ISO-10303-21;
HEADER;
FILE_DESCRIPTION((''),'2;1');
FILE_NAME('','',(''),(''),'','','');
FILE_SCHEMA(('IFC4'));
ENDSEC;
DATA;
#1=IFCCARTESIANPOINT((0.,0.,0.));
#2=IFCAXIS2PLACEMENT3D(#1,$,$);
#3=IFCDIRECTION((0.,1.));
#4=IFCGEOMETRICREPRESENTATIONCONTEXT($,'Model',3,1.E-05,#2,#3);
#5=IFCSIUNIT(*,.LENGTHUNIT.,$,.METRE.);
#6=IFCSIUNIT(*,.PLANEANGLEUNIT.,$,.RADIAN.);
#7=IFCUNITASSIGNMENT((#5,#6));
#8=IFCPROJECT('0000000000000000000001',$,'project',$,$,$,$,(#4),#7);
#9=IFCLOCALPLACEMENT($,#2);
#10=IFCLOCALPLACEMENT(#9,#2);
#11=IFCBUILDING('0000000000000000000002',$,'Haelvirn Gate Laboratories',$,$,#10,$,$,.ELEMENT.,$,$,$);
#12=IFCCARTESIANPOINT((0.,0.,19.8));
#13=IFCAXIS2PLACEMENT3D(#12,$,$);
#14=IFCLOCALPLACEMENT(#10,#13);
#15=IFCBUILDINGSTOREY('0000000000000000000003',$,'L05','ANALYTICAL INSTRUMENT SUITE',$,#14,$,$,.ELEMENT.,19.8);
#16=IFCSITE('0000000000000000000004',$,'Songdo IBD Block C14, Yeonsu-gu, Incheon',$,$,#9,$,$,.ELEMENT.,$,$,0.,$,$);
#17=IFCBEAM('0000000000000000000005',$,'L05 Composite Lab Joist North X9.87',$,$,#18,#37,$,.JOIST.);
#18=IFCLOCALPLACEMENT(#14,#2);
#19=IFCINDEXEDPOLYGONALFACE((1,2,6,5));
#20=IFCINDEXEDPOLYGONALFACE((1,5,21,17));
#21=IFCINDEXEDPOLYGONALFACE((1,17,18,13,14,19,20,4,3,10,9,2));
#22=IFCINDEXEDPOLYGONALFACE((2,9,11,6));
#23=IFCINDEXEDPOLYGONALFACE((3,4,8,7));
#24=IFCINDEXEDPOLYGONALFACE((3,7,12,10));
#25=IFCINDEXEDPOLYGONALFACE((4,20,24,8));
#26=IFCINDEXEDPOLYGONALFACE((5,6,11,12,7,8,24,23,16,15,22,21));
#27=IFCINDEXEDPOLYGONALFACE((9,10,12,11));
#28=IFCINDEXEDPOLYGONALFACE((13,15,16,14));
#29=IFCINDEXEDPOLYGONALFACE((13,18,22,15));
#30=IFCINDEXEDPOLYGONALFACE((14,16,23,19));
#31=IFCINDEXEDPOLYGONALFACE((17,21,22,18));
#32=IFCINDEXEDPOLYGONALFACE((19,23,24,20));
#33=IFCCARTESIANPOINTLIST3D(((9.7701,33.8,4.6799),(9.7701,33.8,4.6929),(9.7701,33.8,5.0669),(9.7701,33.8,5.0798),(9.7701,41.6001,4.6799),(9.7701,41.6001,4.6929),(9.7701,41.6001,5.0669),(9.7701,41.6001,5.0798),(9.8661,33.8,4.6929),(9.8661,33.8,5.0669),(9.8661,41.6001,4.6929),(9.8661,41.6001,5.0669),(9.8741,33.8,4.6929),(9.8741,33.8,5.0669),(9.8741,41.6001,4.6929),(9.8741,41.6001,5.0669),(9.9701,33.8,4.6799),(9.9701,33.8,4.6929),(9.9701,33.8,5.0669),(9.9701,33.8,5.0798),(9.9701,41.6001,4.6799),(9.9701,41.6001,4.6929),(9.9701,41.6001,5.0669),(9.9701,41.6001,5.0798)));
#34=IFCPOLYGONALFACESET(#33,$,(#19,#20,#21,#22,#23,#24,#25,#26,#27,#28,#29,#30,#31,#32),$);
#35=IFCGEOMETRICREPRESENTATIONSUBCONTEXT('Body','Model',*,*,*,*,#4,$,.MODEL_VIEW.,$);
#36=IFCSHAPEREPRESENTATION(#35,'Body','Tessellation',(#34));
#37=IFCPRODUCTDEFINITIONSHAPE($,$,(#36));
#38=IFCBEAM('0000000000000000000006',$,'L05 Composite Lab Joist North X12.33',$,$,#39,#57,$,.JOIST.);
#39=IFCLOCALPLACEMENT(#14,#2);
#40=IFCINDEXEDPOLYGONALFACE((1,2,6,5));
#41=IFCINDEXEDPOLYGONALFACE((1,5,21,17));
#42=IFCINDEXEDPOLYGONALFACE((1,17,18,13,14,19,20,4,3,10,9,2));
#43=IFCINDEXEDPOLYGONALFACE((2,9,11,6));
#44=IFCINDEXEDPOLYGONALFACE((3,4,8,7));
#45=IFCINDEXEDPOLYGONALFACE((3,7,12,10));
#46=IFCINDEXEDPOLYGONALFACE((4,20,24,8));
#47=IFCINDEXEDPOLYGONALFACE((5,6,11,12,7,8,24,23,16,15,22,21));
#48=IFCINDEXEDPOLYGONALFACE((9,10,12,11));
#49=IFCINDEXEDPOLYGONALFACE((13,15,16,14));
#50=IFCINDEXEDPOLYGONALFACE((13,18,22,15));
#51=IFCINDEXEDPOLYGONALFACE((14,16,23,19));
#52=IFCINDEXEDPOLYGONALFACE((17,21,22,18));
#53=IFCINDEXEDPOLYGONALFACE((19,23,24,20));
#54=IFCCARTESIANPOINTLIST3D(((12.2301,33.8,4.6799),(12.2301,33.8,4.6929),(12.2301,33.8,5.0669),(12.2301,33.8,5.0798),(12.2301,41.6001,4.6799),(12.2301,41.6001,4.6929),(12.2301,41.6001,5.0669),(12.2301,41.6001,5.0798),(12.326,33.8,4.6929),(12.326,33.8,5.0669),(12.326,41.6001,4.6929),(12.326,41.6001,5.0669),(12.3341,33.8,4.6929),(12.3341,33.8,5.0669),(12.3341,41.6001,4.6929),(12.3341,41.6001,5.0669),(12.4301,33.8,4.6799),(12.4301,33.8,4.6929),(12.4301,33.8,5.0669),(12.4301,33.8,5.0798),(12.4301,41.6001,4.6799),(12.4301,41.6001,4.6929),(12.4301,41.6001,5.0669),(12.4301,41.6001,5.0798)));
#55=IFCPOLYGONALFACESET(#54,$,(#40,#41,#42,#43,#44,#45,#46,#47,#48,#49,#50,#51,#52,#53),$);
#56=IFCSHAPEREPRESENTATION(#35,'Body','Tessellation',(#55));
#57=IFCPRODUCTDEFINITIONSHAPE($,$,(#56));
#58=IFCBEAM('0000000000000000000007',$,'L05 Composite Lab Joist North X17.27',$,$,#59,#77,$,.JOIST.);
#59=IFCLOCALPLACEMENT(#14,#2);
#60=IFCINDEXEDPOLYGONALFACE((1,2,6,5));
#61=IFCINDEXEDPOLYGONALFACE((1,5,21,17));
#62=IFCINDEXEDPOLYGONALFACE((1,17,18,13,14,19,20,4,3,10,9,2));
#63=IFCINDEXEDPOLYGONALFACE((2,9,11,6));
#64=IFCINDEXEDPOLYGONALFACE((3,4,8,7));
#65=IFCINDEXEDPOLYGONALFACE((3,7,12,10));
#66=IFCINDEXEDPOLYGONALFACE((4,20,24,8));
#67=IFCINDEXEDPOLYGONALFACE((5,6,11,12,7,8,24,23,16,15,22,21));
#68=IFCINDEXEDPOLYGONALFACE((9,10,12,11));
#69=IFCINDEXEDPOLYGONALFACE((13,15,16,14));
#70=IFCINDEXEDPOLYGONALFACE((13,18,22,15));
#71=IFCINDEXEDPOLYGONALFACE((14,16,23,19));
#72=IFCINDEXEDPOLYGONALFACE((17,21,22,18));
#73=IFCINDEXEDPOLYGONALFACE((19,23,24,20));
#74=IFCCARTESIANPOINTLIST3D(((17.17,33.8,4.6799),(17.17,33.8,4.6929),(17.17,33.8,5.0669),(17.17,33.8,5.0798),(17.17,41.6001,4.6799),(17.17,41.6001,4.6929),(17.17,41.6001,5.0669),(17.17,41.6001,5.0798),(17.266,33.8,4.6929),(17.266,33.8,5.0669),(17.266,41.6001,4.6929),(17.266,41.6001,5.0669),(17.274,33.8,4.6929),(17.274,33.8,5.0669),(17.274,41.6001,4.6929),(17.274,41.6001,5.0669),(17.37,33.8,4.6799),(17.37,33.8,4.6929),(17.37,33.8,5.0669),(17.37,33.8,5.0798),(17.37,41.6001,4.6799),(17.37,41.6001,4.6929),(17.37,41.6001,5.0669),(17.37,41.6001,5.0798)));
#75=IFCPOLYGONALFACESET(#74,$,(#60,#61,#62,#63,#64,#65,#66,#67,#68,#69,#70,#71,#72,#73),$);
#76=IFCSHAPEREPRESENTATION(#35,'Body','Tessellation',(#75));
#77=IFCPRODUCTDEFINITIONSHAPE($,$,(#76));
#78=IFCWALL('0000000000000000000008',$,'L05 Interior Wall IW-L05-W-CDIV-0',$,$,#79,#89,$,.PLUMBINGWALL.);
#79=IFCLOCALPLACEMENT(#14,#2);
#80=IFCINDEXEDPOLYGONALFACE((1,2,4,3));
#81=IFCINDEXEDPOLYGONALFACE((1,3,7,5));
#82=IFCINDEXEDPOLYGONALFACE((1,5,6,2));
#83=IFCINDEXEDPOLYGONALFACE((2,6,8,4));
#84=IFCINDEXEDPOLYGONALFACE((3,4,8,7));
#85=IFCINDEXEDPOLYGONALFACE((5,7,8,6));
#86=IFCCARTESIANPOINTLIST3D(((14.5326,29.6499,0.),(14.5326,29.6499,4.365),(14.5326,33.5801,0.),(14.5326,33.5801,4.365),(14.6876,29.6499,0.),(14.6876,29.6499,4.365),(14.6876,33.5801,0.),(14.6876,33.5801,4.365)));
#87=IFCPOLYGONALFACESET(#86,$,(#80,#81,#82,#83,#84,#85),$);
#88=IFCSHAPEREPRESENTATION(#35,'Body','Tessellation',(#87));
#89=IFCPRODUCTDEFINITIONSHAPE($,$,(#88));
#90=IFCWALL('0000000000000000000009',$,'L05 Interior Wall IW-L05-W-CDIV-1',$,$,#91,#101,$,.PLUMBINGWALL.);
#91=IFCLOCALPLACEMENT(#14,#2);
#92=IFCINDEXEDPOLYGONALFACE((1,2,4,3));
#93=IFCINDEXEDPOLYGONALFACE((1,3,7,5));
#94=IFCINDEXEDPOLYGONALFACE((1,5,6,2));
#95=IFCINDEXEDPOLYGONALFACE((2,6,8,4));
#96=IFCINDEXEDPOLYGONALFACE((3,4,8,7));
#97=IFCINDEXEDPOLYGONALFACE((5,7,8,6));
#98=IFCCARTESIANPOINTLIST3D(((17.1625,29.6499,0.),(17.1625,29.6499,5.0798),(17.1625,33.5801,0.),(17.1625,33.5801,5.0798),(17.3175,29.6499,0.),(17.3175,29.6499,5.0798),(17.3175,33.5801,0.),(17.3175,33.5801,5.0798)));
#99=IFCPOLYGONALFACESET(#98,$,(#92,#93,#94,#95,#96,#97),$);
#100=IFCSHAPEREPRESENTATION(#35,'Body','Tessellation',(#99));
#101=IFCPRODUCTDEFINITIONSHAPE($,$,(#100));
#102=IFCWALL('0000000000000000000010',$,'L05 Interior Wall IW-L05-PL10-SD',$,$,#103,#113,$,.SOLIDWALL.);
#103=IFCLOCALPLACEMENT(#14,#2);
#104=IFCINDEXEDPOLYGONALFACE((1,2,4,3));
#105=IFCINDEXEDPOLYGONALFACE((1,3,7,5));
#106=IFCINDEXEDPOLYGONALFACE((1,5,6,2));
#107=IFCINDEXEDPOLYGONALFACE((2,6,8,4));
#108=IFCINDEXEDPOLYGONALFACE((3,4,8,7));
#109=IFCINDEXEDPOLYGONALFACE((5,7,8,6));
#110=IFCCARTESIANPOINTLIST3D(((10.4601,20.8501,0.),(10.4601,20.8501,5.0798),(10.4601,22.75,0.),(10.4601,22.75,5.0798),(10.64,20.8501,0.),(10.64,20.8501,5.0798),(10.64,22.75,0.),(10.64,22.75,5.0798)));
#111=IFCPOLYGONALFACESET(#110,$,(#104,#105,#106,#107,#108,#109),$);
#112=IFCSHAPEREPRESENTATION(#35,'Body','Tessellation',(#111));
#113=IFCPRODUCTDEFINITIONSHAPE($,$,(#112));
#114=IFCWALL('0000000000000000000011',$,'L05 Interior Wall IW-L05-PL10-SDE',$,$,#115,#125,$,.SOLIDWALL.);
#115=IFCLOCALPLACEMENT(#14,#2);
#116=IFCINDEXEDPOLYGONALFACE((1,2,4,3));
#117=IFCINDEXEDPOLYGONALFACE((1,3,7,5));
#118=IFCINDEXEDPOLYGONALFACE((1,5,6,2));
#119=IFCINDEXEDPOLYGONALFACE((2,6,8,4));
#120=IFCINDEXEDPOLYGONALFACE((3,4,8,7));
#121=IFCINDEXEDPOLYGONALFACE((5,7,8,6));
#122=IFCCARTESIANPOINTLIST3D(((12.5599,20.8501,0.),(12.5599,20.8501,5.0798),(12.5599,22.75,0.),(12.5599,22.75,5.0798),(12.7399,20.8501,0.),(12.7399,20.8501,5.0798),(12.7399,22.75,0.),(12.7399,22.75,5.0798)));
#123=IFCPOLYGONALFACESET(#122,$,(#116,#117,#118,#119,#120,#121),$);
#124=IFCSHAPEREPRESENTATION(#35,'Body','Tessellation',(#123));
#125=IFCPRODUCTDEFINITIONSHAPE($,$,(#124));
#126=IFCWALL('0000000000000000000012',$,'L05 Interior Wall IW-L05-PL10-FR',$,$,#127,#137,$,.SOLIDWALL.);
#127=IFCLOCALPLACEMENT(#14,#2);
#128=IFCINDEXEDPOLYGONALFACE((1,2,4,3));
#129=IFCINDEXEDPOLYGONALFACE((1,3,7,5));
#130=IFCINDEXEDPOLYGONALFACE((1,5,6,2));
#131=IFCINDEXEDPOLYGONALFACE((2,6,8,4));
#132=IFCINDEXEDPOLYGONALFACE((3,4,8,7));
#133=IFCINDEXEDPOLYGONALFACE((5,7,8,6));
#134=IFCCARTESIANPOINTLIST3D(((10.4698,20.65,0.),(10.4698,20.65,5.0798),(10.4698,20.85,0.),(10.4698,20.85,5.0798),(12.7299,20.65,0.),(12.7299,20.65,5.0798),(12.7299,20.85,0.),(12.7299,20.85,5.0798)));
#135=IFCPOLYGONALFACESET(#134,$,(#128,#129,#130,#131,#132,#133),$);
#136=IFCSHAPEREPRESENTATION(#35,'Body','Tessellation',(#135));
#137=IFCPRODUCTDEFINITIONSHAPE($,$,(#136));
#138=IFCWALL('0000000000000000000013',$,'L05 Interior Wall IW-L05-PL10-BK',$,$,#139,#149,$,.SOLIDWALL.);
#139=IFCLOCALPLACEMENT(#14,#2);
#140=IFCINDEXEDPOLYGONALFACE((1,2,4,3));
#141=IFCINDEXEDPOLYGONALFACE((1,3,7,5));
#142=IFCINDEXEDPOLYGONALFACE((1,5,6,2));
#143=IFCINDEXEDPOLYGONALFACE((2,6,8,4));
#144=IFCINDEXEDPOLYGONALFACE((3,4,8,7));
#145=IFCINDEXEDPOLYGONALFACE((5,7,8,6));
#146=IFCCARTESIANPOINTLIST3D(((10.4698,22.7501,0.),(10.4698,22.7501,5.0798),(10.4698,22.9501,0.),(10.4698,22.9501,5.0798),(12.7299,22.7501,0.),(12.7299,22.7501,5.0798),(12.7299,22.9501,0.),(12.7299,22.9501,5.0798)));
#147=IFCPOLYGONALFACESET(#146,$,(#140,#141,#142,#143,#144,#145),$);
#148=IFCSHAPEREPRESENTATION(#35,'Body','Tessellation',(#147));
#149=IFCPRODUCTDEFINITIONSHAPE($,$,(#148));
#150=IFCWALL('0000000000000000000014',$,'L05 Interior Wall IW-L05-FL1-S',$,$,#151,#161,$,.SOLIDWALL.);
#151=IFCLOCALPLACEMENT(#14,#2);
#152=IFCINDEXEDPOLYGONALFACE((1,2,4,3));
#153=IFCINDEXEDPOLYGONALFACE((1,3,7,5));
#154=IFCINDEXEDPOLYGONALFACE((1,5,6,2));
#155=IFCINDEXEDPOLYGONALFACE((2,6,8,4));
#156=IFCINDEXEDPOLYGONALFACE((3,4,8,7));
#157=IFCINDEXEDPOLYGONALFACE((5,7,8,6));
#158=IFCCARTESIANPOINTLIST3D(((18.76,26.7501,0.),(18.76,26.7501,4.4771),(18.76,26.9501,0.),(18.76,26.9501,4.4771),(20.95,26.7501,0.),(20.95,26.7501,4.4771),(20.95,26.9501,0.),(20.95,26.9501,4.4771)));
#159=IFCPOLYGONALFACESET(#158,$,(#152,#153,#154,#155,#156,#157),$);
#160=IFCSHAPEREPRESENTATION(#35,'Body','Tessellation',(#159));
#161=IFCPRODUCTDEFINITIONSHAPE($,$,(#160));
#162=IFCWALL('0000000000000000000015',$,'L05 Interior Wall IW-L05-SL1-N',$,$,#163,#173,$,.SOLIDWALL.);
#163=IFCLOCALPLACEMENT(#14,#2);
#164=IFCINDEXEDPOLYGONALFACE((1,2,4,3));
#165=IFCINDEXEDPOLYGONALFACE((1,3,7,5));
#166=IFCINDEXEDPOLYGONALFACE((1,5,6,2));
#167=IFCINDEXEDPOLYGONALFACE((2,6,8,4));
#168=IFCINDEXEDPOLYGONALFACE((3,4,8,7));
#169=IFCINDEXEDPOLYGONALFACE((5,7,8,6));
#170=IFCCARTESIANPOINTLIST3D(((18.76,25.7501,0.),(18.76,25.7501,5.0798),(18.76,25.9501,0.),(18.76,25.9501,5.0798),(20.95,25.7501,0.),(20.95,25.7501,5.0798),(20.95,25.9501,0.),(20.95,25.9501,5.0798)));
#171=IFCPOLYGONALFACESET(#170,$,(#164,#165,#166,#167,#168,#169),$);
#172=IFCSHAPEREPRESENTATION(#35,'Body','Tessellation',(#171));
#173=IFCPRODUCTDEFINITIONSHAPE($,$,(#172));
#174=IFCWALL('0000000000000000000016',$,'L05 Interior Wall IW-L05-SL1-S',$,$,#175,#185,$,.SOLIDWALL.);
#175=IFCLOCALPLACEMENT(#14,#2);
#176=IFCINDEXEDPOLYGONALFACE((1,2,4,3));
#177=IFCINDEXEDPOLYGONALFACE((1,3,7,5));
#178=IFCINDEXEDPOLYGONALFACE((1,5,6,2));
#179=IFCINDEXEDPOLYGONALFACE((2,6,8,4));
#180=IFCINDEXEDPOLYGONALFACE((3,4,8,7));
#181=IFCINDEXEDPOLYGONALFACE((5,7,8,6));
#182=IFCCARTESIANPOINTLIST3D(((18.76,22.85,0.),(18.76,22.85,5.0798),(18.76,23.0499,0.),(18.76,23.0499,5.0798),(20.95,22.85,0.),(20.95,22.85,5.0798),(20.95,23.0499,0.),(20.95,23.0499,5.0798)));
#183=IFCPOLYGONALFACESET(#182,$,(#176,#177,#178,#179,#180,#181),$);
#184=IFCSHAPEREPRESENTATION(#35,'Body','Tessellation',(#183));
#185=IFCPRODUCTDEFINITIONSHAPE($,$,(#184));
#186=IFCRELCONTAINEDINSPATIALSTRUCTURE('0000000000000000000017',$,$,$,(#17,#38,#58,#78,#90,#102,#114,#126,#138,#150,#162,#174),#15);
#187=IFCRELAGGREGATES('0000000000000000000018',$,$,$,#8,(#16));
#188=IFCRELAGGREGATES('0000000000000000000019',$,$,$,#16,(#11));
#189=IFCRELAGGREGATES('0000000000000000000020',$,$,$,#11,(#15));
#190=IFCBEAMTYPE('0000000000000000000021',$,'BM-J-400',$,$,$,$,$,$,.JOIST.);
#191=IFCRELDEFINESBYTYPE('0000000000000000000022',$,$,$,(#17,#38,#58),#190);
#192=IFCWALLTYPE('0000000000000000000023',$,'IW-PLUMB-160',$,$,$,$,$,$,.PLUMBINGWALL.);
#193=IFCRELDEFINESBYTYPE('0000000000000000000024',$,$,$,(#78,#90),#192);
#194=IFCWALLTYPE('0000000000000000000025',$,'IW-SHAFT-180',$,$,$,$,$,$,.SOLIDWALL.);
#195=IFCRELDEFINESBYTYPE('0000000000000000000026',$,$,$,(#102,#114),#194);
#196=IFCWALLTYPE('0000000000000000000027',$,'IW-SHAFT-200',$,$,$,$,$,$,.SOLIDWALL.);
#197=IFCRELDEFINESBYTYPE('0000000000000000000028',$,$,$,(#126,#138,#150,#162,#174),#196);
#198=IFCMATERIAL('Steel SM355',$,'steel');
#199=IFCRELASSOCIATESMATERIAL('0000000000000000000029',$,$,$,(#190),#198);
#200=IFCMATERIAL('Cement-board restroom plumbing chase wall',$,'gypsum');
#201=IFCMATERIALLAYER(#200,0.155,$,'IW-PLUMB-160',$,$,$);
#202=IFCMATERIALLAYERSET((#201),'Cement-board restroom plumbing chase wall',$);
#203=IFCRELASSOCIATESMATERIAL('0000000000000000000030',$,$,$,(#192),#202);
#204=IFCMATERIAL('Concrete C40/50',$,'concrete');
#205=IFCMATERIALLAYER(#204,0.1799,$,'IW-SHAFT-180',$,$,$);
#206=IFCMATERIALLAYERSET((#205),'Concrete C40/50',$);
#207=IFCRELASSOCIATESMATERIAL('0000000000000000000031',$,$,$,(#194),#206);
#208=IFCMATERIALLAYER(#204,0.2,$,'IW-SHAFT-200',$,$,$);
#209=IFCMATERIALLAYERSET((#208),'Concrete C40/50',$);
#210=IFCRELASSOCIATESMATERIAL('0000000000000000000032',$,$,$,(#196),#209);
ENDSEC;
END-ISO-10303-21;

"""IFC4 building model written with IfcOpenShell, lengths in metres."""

from ifc_helpers import new_model, si_unit, direction, frame, frame_2d, origin, origin_2d, place, context, subcontext, project, spatial, rectangle, i_section, extrude, source, transform, mapped, material, layer, layer_set, material_profile, profile_set, type_object, type_shapes, element, save


model = new_model("IFC4")

# Units and contexts
model_context = context("Model", 3, precision=1e-05, world=origin(), true_north=direction((0.0, 1.0)))
body_context = subcontext(model_context, "Body", "Model", "MODEL_VIEW")
ifc_project = project(units=[si_unit("LENGTHUNIT", "METRE"), si_unit("PLANEANGLEUNIT", "RADIAN")], contexts=[model_context])

# Site, building, storey
site_placement = place(None, origin())
site = spatial("IfcSite", under=ifc_project, at=site_placement, Name="Songdo IBD Block C14, Yeonsu-gu, Incheon", CompositionType="ELEMENT", RefElevation=0.0)
building_placement = place(site_placement, origin())
building = spatial("IfcBuilding", under=site, at=building_placement, Name="Haelvirn Gate Laboratories", CompositionType="ELEMENT")
storey_placement = place(building_placement, frame((0.0, 0.0, 19.8)))
storey = spatial("IfcBuildingStorey", under=building, at=storey_placement, Name="L05", Description="ANALYTICAL INSTRUMENT SUITE", CompositionType="ELEMENT", Elevation=19.8)

# Beams
ifc_material_1 = material(Name="Steel SM355", Category="steel")
ifc_material_profile = material_profile(ifc_material_1, i_section(OverallWidth=0.2, OverallDepth=0.3999, WebThickness=0.0081, FlangeThickness=0.0129, at=origin_2d()), Name="H-400x200x8x13")
ifc_profile_set = profile_set([ifc_material_profile], Name="Steel SM355")
beam_type = type_object("IfcBeamType", Name="BM-J-400", PredefinedType="JOIST", material=ifc_profile_set)
shared_shape_1 = source(origin(), body_context, "Body", "SweptSolid", [
    extrude(i_section(OverallWidth=0.2, OverallDepth=0.3999, WebThickness=0.0081, FlangeThickness=0.0129, at=origin_2d()), origin(), (0.0, 0.0, 1.0), 7.8),
])
type_shapes(beam_type, [shared_shape_1])
for number, where, z_axis, x_axis, name in (
    (1, (9.8701, 33.8, 4.8799), (0.0, 1.0, 0.0), (-1.0, 0.0, 0.0), "L05 Composite Lab Joist North X9.87"),
    (2, (12.3301, 33.8, 4.8799), (0.0, 1.0, 0.0), (-1.0, 0.0, 0.0), "L05 Composite Lab Joist North X12.33"),
    (3, (17.27, 33.8, 4.8799), (0.0, 1.0, 0.0), (-1.0, 0.0, 0.0), "L05 Composite Lab Joist North X17.27"),
):
    element("IfcBeam", number, at=place(storey_placement, frame(where, z_axis=z_axis, x_axis=x_axis)), inside=storey, type_object=beam_type, Name=name, PredefinedType="JOIST", context=body_context, shape_type="MappedRepresentation", body=[
        mapped(shared_shape_1, transform((0.0, 0.0, 0.0), scale=1.0)),
    ])

# Walls
ifc_material_2 = material(Name="Cement-board restroom plumbing chase wall", Category="gypsum")
ifc_layer_1 = layer(ifc_material_2, 0.155, Name="IW-PLUMB-160")
ifc_layer_set_1 = layer_set([ifc_layer_1], Name="Cement-board restroom plumbing chase wall")
wall_type_1 = type_object("IfcWallType", Name="IW-PLUMB-160", PredefinedType="PLUMBINGWALL", material=ifc_layer_set_1)
wall_1_placement = place(storey_placement, frame((14.6101, 29.6499, 0.0), z_axis=(0.0, 0.0, 1.0), x_axis=(0.0, 1.0, 0.0)))
element("IfcWall", 4, at=wall_1_placement, inside=storey, type_object=wall_type_1, Name="L05 Interior Wall IW-L05-W-CDIV-0", PredefinedType="PLUMBINGWALL", context=body_context, shape_type="SweptSolid", body=[
    extrude(rectangle(XDim=3.9302, YDim=0.155, at=frame_2d((1.9651, 0.0))), origin(), (0.0, 0.0, 1.0), 4.365),
])
wall_2_placement = place(storey_placement, frame((17.24, 29.6499, 0.0), z_axis=(0.0, 0.0, 1.0), x_axis=(0.0, 1.0, 0.0)))
element("IfcWall", 5, at=wall_2_placement, inside=storey, type_object=wall_type_1, Name="L05 Interior Wall IW-L05-W-CDIV-1", PredefinedType="PLUMBINGWALL", context=body_context, shape_type="SweptSolid", body=[
    extrude(rectangle(XDim=3.9302, YDim=0.155, at=frame_2d((1.9651, 0.0))), origin(), (0.0, 0.0, 1.0), 5.0798),
])
ifc_material_3 = material(Name="Concrete C40/50", Category="concrete")
ifc_layer_2 = layer(ifc_material_3, 0.1799, Name="IW-SHAFT-180")
ifc_layer_set_2 = layer_set([ifc_layer_2], Name="Concrete C40/50")
wall_type_2 = type_object("IfcWallType", Name="IW-SHAFT-180", PredefinedType="SOLIDWALL", material=ifc_layer_set_2)
for number, where, z_axis, x_axis, name in (
    (6, (10.55, 20.8501, 0.0), (0.0, 0.0, 1.0), (0.0, 1.0, 0.0), "L05 Interior Wall IW-L05-PL10-SD"),
    (7, (12.6499, 20.8501, 0.0), (0.0, 0.0, 1.0), (0.0, 1.0, 0.0), "L05 Interior Wall IW-L05-PL10-SDE"),
):
    element("IfcWall", number, at=place(storey_placement, frame(where, z_axis=z_axis, x_axis=x_axis)), inside=storey, type_object=wall_type_2, Name=name, PredefinedType="SOLIDWALL", context=body_context, shape_type="SweptSolid", body=[
        extrude(rectangle(XDim=1.8999, YDim=0.1799, at=frame_2d((0.95, 0.0))), origin(), (0.0, 0.0, 1.0), 5.0798),
    ])
ifc_layer_3 = layer(ifc_material_3, 0.2, Name="IW-SHAFT-200")
ifc_layer_set_3 = layer_set([ifc_layer_3], Name="Concrete C40/50")
wall_type_3 = type_object("IfcWallType", Name="IW-SHAFT-200", PredefinedType="SOLIDWALL", material=ifc_layer_set_3)
for number, where, z_axis, x_axis, name in (
    (8, (10.47, 20.75, 0.0), (0.0, 0.0, 1.0), (1.0, 0.0, 0.0), "L05 Interior Wall IW-L05-PL10-FR"),
    (9, (10.47, 22.8501, 0.0), (0.0, 0.0, 1.0), (1.0, 0.0, 0.0), "L05 Interior Wall IW-L05-PL10-BK"),
):
    element("IfcWall", number, at=place(storey_placement, frame(where, z_axis=z_axis, x_axis=x_axis)), inside=storey, type_object=wall_type_3, Name=name, PredefinedType="SOLIDWALL", context=body_context, shape_type="SweptSolid", body=[
        extrude(rectangle(XDim=2.26, YDim=0.2, at=frame_2d((1.1299, 0.0))), origin(), (0.0, 0.0, 1.0), 5.0798),
    ])
wall_3_placement = place(storey_placement, frame((18.76, 26.8501, 0.0), z_axis=(0.0, 0.0, 1.0), x_axis=(1.0, 0.0, 0.0)))
element("IfcWall", 10, at=wall_3_placement, inside=storey, type_object=wall_type_3, Name="L05 Interior Wall IW-L05-FL1-S", PredefinedType="SOLIDWALL", context=body_context, shape_type="SweptSolid", body=[
    extrude(rectangle(XDim=2.1899, YDim=0.2, at=frame_2d((1.095, 0.0))), origin(), (0.0, 0.0, 1.0), 4.4771),
])
for number, where, z_axis, x_axis, name in (
    (11, (18.76, 25.8501, 0.0), (0.0, 0.0, 1.0), (1.0, 0.0, 0.0), "L05 Interior Wall IW-L05-SL1-N"),
    (12, (18.76, 22.95, 0.0), (0.0, 0.0, 1.0), (1.0, 0.0, 0.0), "L05 Interior Wall IW-L05-SL1-S"),
):
    element("IfcWall", number, at=place(storey_placement, frame(where, z_axis=z_axis, x_axis=x_axis)), inside=storey, type_object=wall_type_3, Name=name, PredefinedType="SOLIDWALL", context=body_context, shape_type="SweptSolid", body=[
        extrude(rectangle(XDim=2.1899, YDim=0.2, at=frame_2d((1.095, 0.0))), origin(), (0.0, 0.0, 1.0), 5.0798),
    ])

save(model, "model.ifc")
